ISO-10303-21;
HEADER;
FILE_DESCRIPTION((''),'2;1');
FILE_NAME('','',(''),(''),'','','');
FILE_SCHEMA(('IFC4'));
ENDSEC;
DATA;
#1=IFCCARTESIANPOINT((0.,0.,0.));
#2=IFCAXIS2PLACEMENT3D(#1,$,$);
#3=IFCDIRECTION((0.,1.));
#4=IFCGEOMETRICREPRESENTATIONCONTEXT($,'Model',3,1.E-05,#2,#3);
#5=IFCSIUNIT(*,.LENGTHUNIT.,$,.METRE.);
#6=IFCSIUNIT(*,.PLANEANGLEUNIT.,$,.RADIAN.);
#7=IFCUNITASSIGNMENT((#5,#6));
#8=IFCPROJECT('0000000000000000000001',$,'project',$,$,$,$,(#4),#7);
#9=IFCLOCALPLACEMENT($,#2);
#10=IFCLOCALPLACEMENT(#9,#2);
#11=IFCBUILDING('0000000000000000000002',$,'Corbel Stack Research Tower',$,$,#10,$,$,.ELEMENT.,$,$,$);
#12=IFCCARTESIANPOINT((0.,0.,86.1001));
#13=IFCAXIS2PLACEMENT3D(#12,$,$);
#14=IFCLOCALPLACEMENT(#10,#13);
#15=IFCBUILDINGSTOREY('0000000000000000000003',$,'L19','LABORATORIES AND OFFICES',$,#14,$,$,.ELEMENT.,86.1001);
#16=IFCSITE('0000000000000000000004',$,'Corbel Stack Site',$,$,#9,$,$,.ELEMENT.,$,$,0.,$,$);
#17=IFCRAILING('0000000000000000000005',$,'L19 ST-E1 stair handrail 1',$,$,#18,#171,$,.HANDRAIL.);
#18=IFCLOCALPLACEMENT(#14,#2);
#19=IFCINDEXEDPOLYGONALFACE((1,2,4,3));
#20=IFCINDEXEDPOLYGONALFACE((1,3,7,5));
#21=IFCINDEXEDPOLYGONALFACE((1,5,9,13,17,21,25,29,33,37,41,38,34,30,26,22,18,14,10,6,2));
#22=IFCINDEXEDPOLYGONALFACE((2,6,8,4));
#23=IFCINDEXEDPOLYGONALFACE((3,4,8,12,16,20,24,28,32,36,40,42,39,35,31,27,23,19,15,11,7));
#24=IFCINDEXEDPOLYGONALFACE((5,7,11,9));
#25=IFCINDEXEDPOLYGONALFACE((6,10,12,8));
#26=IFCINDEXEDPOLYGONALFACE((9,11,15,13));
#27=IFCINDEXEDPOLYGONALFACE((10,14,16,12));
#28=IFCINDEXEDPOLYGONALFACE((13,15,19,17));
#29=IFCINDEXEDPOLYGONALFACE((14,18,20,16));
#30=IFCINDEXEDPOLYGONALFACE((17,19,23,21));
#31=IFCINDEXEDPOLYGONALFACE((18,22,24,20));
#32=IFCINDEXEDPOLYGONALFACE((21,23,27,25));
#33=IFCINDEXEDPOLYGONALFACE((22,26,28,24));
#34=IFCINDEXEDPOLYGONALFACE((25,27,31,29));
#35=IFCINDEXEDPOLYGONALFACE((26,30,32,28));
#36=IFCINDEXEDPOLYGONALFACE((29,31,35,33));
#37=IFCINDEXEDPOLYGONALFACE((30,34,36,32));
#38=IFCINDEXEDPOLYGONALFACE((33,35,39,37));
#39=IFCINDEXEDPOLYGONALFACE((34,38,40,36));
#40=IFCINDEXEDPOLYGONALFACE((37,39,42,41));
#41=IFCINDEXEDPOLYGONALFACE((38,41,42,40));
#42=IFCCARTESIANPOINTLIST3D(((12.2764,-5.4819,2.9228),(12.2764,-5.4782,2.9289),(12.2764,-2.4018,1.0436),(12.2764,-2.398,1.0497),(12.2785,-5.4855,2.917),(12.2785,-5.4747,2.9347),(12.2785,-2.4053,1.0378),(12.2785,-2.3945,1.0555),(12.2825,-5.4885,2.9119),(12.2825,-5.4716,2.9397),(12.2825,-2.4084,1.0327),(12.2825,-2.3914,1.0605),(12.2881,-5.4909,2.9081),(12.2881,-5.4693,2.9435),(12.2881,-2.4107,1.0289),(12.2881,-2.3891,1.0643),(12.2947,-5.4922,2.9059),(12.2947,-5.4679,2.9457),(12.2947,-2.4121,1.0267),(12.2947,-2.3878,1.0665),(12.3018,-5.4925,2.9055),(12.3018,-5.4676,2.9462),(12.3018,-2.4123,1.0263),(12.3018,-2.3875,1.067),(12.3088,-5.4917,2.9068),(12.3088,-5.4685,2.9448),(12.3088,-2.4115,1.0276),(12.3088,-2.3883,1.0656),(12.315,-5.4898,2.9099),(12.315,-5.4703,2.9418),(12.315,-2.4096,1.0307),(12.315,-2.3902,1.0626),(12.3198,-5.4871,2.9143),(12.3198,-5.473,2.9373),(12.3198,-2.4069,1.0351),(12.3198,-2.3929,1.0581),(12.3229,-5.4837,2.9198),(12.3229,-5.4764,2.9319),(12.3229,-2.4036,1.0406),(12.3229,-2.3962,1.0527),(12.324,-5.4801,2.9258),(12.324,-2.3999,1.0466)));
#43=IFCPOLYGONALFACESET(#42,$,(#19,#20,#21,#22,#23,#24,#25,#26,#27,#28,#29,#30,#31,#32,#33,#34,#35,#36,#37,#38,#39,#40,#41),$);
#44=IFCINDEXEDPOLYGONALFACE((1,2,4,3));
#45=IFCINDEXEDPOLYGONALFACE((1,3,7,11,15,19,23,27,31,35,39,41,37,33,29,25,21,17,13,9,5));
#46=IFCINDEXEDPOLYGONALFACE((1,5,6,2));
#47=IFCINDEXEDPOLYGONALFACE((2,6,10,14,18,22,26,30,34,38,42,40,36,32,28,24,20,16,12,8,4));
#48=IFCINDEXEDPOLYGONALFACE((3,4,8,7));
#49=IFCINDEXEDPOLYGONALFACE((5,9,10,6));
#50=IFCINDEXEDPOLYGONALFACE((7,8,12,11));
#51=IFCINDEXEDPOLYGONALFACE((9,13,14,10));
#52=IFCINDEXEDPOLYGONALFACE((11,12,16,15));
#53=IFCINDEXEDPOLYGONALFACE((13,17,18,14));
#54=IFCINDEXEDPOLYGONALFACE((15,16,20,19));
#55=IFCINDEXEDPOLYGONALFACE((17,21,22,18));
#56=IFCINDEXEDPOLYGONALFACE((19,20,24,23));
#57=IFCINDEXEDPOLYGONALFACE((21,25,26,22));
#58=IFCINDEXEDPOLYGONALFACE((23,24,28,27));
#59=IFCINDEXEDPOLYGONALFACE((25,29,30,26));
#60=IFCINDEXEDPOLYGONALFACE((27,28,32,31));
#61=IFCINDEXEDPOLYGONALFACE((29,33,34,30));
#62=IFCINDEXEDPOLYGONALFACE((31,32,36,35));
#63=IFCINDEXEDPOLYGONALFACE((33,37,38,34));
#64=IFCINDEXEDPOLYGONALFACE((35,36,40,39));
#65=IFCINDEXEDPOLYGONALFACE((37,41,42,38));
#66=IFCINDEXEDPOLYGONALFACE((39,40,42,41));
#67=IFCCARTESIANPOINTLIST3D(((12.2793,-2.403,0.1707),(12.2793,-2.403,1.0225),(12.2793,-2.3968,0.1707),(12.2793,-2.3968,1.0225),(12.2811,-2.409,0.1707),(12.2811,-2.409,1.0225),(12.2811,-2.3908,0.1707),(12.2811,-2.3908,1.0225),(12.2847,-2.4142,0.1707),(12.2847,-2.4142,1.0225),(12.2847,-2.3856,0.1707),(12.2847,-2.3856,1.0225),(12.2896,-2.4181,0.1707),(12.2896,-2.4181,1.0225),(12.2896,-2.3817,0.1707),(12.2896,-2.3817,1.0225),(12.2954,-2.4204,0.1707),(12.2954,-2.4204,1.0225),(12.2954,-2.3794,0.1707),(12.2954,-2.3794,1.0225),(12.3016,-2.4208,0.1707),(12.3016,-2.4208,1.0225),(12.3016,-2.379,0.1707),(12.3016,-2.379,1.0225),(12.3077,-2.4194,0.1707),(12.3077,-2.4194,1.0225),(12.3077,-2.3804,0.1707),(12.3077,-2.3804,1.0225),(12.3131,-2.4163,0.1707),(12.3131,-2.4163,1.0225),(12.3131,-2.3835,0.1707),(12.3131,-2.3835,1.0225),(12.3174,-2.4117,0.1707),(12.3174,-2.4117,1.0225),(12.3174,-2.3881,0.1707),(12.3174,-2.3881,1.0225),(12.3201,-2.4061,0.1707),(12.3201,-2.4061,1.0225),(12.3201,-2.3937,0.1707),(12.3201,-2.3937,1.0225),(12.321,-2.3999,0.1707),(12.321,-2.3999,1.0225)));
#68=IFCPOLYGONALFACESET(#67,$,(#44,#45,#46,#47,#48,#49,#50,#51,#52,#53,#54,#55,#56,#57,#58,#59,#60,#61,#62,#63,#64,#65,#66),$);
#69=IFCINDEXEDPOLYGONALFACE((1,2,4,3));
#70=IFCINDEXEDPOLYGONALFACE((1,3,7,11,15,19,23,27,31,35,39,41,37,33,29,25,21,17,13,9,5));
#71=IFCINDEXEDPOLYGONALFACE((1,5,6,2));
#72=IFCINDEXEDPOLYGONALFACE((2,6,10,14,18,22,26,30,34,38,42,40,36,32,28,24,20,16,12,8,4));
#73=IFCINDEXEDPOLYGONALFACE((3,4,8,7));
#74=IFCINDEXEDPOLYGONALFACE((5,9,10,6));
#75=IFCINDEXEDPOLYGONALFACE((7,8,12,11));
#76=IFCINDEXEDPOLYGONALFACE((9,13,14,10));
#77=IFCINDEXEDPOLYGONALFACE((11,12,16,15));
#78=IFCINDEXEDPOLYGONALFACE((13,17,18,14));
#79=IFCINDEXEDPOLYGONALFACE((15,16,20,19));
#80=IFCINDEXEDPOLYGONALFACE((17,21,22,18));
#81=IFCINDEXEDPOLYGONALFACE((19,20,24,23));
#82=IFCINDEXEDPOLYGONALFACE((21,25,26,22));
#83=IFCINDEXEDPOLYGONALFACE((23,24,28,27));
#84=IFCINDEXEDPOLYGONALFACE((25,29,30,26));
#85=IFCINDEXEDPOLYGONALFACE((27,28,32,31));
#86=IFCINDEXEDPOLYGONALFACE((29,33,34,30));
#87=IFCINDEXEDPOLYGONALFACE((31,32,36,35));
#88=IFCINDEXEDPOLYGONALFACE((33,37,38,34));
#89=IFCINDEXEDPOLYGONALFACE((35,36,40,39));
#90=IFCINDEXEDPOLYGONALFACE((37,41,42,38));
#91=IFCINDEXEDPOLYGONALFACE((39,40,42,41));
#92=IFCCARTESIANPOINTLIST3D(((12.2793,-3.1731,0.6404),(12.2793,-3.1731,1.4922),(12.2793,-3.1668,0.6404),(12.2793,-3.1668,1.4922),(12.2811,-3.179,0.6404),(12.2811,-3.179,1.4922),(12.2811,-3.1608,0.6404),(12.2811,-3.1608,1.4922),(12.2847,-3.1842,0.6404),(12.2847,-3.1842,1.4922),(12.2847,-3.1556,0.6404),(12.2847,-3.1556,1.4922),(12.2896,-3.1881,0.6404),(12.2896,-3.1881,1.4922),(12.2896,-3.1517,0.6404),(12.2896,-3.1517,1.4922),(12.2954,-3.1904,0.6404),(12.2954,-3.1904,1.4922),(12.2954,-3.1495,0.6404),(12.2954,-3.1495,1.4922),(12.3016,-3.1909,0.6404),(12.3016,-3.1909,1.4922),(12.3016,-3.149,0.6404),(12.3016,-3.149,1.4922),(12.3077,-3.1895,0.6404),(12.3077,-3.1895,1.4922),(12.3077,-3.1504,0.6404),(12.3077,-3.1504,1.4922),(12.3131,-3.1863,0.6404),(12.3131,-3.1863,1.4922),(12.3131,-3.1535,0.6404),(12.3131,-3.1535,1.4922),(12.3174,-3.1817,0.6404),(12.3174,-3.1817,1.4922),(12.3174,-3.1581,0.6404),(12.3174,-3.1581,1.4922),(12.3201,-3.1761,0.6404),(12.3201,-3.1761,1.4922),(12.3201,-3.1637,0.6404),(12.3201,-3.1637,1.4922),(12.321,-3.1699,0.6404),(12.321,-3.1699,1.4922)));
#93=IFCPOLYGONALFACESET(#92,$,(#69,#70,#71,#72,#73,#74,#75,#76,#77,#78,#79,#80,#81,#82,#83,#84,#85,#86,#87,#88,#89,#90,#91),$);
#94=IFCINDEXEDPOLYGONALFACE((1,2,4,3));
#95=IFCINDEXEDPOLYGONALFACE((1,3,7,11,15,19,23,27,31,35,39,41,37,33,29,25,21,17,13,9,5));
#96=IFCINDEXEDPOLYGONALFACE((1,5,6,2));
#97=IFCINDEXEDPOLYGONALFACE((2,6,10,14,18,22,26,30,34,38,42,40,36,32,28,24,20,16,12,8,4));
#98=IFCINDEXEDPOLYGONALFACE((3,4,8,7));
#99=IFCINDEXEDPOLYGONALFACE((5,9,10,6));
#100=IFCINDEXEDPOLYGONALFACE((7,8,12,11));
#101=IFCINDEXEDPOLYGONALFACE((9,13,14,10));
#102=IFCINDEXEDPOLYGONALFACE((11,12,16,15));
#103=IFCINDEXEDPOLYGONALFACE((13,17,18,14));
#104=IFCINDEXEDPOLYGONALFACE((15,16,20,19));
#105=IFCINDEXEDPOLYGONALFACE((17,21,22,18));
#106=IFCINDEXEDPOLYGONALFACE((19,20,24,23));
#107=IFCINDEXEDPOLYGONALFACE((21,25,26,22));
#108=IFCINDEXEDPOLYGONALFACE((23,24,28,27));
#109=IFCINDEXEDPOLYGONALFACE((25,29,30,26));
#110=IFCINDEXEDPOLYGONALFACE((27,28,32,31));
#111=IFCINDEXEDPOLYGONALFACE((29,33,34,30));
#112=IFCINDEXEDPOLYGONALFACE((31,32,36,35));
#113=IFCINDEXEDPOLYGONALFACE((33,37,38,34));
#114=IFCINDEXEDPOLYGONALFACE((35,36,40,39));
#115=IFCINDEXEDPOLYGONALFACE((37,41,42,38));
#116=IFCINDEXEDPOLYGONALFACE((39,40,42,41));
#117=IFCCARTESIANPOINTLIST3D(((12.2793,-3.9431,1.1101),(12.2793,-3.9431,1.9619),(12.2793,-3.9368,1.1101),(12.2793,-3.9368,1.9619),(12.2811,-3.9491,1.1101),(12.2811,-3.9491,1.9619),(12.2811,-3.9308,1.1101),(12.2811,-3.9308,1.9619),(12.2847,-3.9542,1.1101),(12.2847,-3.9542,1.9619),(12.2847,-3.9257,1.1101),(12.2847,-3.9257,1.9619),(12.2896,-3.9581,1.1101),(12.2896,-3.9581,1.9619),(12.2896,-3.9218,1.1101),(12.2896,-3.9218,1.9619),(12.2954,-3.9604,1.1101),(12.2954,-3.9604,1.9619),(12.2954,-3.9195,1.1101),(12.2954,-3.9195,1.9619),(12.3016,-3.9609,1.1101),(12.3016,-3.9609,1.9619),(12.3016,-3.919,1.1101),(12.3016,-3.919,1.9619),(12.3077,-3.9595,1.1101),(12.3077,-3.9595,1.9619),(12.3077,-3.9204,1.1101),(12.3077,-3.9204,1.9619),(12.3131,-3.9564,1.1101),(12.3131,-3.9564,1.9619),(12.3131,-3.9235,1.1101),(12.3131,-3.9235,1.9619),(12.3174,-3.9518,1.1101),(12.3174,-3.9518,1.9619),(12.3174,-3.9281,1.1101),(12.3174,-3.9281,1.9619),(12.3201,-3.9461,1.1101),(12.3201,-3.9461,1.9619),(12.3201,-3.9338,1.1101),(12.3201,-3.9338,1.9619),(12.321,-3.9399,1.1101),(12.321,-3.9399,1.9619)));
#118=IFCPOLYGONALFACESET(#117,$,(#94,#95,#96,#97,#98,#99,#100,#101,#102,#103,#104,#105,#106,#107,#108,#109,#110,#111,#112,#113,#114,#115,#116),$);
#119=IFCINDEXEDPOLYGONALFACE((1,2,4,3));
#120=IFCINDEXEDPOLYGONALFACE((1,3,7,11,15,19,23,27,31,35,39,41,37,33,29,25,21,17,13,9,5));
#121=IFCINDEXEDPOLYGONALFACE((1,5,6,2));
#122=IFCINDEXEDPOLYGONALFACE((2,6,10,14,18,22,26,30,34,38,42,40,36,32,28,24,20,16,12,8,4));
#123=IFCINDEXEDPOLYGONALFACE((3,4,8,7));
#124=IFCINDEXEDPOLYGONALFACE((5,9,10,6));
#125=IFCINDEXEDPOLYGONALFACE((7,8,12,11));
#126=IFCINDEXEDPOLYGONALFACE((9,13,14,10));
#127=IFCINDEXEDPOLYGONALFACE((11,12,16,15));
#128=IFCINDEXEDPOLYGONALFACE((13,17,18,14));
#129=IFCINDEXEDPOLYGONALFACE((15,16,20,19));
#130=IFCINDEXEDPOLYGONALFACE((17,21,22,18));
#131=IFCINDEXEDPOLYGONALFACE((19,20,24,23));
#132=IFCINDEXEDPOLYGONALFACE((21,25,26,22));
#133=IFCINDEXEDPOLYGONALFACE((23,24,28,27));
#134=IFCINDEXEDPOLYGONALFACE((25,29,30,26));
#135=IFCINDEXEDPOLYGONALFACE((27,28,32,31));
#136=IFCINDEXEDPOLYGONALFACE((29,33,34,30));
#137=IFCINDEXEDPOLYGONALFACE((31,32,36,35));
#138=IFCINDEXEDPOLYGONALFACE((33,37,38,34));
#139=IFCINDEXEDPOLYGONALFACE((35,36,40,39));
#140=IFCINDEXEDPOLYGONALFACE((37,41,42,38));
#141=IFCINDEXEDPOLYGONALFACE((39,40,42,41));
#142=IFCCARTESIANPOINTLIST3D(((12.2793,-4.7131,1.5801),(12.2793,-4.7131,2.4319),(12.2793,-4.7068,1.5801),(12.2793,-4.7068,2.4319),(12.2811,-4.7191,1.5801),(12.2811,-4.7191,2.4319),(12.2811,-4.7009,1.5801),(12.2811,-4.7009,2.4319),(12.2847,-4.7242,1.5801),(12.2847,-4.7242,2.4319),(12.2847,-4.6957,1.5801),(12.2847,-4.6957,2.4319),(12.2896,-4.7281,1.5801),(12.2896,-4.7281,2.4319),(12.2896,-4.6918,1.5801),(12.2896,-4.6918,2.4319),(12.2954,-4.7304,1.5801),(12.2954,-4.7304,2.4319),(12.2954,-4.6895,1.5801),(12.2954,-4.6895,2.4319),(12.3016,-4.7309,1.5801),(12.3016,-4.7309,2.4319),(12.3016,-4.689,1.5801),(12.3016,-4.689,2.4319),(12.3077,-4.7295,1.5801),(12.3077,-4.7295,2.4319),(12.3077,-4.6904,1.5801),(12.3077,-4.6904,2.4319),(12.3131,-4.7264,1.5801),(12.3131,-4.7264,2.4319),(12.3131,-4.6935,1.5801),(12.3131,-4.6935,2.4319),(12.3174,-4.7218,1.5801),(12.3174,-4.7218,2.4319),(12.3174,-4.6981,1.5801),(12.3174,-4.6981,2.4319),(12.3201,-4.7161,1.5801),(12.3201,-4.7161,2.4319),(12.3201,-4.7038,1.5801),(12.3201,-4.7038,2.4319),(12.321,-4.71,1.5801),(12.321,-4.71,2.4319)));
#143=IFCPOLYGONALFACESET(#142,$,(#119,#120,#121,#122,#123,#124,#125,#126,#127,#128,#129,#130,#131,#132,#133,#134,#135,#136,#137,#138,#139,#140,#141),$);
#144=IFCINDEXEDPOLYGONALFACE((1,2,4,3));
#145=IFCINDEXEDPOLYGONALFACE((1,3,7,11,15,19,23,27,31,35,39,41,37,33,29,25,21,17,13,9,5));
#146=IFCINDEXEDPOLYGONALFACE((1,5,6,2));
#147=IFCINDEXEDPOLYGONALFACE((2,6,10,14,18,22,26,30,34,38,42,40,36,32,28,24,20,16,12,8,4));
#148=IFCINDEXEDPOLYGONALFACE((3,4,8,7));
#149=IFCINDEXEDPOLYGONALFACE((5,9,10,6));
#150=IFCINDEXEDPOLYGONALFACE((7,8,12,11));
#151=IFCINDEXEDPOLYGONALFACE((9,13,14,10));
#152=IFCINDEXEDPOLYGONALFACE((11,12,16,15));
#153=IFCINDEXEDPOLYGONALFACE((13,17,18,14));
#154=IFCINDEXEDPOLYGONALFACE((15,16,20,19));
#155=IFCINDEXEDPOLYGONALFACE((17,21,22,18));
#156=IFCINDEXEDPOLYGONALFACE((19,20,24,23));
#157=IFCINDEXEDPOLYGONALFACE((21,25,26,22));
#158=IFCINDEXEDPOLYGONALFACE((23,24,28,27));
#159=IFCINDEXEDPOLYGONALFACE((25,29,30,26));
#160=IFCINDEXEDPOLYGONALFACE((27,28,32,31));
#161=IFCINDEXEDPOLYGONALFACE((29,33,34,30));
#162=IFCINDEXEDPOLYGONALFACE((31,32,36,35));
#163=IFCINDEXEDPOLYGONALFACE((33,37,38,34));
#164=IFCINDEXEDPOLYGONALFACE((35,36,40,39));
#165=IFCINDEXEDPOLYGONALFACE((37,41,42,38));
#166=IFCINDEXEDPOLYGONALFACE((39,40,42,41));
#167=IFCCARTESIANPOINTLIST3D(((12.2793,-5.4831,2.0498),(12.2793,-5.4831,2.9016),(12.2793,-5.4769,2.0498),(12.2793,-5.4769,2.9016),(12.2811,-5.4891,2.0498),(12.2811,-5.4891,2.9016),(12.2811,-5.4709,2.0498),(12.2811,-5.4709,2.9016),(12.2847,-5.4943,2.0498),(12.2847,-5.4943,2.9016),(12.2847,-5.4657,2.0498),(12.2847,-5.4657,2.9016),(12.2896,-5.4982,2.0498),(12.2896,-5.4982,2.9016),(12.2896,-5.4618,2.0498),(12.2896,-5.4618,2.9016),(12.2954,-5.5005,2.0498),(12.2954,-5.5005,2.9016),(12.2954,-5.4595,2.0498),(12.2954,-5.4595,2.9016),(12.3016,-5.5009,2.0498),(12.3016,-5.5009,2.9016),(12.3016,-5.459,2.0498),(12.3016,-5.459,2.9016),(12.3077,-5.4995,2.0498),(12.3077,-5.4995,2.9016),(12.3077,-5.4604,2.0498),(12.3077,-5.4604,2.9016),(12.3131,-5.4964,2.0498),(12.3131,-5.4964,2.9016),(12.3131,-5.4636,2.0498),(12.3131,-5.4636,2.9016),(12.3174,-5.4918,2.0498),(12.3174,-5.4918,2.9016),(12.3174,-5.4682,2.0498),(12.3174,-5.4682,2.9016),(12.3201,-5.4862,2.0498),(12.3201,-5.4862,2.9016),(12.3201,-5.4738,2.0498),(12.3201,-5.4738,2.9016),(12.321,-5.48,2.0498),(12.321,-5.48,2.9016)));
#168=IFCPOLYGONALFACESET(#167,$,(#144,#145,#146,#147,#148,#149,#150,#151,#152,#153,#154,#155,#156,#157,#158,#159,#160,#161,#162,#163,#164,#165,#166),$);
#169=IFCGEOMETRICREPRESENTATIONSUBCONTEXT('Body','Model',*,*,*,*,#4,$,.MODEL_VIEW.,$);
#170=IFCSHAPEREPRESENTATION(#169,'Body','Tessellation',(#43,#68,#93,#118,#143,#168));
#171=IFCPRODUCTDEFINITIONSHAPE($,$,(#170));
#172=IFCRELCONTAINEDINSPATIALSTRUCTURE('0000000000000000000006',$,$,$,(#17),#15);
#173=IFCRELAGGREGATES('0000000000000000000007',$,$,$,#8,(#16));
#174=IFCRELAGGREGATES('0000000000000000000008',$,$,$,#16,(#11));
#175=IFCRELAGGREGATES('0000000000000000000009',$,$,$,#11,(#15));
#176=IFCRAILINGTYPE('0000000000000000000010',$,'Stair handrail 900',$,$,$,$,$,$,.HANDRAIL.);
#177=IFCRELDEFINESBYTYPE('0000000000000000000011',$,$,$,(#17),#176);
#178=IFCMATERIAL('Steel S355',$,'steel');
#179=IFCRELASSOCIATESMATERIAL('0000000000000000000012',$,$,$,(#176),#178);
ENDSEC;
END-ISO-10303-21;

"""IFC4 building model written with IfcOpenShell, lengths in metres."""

from ifc_helpers import new_model, si_unit, direction, frame, origin, origin_2d, place, context, subcontext, project, spatial, circle, extrude, material, type_object, element, save


model = new_model("IFC4")

# Units and contexts
model_context = context("Model", 3, precision=1e-05, world=origin(), true_north=direction((0.0, 1.0)))
body_context = subcontext(model_context, "Body", "Model", "MODEL_VIEW")
ifc_project = project(units=[si_unit("LENGTHUNIT", "METRE"), si_unit("PLANEANGLEUNIT", "RADIAN")], contexts=[model_context])

# Site, building, storey
site_placement = place(None, origin())
site = spatial("IfcSite", under=ifc_project, at=site_placement, Name="Corbel Stack Site", CompositionType="ELEMENT", RefElevation=0.0)
building_placement = place(site_placement, origin())
building = spatial("IfcBuilding", under=site, at=building_placement, Name="Corbel Stack Research Tower", CompositionType="ELEMENT")
storey_placement = place(building_placement, frame((0.0, 0.0, 86.1001)))
storey = spatial("IfcBuildingStorey", under=building, at=storey_placement, Name="L19", Description="LABORATORIES AND OFFICES", CompositionType="ELEMENT", Elevation=86.1001)

# Railing
ifc_material_1 = material(Name="Steel S355", Category="steel")
railing_type_1 = type_object("IfcRailingType", Name="Stair handrail 900", PredefinedType="HANDRAIL", material=ifc_material_1)
railing_1_placement = place(storey_placement, frame((12.3, -2.3999, 0.1707)))
element("IfcRailing", 1, at=railing_1_placement, inside=storey, type_object=railing_type_1, Name="L19 ST-E1 stair handrail 1", PredefinedType="HANDRAIL", context=body_context, shape_type="SweptSolid", body=[
    extrude(circle(Radius=0.0239, at=origin_2d()), frame((0.0, 0.0, 0.876), z_axis=(0.0, -0.853666, 0.52082), x_axis=(1.0, 0.0, 0.0)), (0.0, 0.0, 1.0), 3.6082),
    extrude(circle(Radius=0.021, at=origin_2d()), origin(), (0.0, 0.0, 1.0), 0.8518),
    extrude(circle(Radius=0.021, at=origin_2d()), frame((0.0, -0.77, 0.4697)), (0.0, 0.0, 1.0), 0.8518),
    extrude(circle(Radius=0.021, at=origin_2d()), frame((0.0, -1.54, 0.9395)), (0.0, 0.0, 1.0), 0.8518),
    extrude(circle(Radius=0.021, at=origin_2d()), frame((0.0, -2.3101, 1.4094)), (0.0, 0.0, 1.0), 0.8518),
    extrude(circle(Radius=0.021, at=origin_2d()), frame((0.0, -3.0801, 1.8792)), (0.0, 0.0, 1.0), 0.8518),
])

save(model, "model.ifc")
